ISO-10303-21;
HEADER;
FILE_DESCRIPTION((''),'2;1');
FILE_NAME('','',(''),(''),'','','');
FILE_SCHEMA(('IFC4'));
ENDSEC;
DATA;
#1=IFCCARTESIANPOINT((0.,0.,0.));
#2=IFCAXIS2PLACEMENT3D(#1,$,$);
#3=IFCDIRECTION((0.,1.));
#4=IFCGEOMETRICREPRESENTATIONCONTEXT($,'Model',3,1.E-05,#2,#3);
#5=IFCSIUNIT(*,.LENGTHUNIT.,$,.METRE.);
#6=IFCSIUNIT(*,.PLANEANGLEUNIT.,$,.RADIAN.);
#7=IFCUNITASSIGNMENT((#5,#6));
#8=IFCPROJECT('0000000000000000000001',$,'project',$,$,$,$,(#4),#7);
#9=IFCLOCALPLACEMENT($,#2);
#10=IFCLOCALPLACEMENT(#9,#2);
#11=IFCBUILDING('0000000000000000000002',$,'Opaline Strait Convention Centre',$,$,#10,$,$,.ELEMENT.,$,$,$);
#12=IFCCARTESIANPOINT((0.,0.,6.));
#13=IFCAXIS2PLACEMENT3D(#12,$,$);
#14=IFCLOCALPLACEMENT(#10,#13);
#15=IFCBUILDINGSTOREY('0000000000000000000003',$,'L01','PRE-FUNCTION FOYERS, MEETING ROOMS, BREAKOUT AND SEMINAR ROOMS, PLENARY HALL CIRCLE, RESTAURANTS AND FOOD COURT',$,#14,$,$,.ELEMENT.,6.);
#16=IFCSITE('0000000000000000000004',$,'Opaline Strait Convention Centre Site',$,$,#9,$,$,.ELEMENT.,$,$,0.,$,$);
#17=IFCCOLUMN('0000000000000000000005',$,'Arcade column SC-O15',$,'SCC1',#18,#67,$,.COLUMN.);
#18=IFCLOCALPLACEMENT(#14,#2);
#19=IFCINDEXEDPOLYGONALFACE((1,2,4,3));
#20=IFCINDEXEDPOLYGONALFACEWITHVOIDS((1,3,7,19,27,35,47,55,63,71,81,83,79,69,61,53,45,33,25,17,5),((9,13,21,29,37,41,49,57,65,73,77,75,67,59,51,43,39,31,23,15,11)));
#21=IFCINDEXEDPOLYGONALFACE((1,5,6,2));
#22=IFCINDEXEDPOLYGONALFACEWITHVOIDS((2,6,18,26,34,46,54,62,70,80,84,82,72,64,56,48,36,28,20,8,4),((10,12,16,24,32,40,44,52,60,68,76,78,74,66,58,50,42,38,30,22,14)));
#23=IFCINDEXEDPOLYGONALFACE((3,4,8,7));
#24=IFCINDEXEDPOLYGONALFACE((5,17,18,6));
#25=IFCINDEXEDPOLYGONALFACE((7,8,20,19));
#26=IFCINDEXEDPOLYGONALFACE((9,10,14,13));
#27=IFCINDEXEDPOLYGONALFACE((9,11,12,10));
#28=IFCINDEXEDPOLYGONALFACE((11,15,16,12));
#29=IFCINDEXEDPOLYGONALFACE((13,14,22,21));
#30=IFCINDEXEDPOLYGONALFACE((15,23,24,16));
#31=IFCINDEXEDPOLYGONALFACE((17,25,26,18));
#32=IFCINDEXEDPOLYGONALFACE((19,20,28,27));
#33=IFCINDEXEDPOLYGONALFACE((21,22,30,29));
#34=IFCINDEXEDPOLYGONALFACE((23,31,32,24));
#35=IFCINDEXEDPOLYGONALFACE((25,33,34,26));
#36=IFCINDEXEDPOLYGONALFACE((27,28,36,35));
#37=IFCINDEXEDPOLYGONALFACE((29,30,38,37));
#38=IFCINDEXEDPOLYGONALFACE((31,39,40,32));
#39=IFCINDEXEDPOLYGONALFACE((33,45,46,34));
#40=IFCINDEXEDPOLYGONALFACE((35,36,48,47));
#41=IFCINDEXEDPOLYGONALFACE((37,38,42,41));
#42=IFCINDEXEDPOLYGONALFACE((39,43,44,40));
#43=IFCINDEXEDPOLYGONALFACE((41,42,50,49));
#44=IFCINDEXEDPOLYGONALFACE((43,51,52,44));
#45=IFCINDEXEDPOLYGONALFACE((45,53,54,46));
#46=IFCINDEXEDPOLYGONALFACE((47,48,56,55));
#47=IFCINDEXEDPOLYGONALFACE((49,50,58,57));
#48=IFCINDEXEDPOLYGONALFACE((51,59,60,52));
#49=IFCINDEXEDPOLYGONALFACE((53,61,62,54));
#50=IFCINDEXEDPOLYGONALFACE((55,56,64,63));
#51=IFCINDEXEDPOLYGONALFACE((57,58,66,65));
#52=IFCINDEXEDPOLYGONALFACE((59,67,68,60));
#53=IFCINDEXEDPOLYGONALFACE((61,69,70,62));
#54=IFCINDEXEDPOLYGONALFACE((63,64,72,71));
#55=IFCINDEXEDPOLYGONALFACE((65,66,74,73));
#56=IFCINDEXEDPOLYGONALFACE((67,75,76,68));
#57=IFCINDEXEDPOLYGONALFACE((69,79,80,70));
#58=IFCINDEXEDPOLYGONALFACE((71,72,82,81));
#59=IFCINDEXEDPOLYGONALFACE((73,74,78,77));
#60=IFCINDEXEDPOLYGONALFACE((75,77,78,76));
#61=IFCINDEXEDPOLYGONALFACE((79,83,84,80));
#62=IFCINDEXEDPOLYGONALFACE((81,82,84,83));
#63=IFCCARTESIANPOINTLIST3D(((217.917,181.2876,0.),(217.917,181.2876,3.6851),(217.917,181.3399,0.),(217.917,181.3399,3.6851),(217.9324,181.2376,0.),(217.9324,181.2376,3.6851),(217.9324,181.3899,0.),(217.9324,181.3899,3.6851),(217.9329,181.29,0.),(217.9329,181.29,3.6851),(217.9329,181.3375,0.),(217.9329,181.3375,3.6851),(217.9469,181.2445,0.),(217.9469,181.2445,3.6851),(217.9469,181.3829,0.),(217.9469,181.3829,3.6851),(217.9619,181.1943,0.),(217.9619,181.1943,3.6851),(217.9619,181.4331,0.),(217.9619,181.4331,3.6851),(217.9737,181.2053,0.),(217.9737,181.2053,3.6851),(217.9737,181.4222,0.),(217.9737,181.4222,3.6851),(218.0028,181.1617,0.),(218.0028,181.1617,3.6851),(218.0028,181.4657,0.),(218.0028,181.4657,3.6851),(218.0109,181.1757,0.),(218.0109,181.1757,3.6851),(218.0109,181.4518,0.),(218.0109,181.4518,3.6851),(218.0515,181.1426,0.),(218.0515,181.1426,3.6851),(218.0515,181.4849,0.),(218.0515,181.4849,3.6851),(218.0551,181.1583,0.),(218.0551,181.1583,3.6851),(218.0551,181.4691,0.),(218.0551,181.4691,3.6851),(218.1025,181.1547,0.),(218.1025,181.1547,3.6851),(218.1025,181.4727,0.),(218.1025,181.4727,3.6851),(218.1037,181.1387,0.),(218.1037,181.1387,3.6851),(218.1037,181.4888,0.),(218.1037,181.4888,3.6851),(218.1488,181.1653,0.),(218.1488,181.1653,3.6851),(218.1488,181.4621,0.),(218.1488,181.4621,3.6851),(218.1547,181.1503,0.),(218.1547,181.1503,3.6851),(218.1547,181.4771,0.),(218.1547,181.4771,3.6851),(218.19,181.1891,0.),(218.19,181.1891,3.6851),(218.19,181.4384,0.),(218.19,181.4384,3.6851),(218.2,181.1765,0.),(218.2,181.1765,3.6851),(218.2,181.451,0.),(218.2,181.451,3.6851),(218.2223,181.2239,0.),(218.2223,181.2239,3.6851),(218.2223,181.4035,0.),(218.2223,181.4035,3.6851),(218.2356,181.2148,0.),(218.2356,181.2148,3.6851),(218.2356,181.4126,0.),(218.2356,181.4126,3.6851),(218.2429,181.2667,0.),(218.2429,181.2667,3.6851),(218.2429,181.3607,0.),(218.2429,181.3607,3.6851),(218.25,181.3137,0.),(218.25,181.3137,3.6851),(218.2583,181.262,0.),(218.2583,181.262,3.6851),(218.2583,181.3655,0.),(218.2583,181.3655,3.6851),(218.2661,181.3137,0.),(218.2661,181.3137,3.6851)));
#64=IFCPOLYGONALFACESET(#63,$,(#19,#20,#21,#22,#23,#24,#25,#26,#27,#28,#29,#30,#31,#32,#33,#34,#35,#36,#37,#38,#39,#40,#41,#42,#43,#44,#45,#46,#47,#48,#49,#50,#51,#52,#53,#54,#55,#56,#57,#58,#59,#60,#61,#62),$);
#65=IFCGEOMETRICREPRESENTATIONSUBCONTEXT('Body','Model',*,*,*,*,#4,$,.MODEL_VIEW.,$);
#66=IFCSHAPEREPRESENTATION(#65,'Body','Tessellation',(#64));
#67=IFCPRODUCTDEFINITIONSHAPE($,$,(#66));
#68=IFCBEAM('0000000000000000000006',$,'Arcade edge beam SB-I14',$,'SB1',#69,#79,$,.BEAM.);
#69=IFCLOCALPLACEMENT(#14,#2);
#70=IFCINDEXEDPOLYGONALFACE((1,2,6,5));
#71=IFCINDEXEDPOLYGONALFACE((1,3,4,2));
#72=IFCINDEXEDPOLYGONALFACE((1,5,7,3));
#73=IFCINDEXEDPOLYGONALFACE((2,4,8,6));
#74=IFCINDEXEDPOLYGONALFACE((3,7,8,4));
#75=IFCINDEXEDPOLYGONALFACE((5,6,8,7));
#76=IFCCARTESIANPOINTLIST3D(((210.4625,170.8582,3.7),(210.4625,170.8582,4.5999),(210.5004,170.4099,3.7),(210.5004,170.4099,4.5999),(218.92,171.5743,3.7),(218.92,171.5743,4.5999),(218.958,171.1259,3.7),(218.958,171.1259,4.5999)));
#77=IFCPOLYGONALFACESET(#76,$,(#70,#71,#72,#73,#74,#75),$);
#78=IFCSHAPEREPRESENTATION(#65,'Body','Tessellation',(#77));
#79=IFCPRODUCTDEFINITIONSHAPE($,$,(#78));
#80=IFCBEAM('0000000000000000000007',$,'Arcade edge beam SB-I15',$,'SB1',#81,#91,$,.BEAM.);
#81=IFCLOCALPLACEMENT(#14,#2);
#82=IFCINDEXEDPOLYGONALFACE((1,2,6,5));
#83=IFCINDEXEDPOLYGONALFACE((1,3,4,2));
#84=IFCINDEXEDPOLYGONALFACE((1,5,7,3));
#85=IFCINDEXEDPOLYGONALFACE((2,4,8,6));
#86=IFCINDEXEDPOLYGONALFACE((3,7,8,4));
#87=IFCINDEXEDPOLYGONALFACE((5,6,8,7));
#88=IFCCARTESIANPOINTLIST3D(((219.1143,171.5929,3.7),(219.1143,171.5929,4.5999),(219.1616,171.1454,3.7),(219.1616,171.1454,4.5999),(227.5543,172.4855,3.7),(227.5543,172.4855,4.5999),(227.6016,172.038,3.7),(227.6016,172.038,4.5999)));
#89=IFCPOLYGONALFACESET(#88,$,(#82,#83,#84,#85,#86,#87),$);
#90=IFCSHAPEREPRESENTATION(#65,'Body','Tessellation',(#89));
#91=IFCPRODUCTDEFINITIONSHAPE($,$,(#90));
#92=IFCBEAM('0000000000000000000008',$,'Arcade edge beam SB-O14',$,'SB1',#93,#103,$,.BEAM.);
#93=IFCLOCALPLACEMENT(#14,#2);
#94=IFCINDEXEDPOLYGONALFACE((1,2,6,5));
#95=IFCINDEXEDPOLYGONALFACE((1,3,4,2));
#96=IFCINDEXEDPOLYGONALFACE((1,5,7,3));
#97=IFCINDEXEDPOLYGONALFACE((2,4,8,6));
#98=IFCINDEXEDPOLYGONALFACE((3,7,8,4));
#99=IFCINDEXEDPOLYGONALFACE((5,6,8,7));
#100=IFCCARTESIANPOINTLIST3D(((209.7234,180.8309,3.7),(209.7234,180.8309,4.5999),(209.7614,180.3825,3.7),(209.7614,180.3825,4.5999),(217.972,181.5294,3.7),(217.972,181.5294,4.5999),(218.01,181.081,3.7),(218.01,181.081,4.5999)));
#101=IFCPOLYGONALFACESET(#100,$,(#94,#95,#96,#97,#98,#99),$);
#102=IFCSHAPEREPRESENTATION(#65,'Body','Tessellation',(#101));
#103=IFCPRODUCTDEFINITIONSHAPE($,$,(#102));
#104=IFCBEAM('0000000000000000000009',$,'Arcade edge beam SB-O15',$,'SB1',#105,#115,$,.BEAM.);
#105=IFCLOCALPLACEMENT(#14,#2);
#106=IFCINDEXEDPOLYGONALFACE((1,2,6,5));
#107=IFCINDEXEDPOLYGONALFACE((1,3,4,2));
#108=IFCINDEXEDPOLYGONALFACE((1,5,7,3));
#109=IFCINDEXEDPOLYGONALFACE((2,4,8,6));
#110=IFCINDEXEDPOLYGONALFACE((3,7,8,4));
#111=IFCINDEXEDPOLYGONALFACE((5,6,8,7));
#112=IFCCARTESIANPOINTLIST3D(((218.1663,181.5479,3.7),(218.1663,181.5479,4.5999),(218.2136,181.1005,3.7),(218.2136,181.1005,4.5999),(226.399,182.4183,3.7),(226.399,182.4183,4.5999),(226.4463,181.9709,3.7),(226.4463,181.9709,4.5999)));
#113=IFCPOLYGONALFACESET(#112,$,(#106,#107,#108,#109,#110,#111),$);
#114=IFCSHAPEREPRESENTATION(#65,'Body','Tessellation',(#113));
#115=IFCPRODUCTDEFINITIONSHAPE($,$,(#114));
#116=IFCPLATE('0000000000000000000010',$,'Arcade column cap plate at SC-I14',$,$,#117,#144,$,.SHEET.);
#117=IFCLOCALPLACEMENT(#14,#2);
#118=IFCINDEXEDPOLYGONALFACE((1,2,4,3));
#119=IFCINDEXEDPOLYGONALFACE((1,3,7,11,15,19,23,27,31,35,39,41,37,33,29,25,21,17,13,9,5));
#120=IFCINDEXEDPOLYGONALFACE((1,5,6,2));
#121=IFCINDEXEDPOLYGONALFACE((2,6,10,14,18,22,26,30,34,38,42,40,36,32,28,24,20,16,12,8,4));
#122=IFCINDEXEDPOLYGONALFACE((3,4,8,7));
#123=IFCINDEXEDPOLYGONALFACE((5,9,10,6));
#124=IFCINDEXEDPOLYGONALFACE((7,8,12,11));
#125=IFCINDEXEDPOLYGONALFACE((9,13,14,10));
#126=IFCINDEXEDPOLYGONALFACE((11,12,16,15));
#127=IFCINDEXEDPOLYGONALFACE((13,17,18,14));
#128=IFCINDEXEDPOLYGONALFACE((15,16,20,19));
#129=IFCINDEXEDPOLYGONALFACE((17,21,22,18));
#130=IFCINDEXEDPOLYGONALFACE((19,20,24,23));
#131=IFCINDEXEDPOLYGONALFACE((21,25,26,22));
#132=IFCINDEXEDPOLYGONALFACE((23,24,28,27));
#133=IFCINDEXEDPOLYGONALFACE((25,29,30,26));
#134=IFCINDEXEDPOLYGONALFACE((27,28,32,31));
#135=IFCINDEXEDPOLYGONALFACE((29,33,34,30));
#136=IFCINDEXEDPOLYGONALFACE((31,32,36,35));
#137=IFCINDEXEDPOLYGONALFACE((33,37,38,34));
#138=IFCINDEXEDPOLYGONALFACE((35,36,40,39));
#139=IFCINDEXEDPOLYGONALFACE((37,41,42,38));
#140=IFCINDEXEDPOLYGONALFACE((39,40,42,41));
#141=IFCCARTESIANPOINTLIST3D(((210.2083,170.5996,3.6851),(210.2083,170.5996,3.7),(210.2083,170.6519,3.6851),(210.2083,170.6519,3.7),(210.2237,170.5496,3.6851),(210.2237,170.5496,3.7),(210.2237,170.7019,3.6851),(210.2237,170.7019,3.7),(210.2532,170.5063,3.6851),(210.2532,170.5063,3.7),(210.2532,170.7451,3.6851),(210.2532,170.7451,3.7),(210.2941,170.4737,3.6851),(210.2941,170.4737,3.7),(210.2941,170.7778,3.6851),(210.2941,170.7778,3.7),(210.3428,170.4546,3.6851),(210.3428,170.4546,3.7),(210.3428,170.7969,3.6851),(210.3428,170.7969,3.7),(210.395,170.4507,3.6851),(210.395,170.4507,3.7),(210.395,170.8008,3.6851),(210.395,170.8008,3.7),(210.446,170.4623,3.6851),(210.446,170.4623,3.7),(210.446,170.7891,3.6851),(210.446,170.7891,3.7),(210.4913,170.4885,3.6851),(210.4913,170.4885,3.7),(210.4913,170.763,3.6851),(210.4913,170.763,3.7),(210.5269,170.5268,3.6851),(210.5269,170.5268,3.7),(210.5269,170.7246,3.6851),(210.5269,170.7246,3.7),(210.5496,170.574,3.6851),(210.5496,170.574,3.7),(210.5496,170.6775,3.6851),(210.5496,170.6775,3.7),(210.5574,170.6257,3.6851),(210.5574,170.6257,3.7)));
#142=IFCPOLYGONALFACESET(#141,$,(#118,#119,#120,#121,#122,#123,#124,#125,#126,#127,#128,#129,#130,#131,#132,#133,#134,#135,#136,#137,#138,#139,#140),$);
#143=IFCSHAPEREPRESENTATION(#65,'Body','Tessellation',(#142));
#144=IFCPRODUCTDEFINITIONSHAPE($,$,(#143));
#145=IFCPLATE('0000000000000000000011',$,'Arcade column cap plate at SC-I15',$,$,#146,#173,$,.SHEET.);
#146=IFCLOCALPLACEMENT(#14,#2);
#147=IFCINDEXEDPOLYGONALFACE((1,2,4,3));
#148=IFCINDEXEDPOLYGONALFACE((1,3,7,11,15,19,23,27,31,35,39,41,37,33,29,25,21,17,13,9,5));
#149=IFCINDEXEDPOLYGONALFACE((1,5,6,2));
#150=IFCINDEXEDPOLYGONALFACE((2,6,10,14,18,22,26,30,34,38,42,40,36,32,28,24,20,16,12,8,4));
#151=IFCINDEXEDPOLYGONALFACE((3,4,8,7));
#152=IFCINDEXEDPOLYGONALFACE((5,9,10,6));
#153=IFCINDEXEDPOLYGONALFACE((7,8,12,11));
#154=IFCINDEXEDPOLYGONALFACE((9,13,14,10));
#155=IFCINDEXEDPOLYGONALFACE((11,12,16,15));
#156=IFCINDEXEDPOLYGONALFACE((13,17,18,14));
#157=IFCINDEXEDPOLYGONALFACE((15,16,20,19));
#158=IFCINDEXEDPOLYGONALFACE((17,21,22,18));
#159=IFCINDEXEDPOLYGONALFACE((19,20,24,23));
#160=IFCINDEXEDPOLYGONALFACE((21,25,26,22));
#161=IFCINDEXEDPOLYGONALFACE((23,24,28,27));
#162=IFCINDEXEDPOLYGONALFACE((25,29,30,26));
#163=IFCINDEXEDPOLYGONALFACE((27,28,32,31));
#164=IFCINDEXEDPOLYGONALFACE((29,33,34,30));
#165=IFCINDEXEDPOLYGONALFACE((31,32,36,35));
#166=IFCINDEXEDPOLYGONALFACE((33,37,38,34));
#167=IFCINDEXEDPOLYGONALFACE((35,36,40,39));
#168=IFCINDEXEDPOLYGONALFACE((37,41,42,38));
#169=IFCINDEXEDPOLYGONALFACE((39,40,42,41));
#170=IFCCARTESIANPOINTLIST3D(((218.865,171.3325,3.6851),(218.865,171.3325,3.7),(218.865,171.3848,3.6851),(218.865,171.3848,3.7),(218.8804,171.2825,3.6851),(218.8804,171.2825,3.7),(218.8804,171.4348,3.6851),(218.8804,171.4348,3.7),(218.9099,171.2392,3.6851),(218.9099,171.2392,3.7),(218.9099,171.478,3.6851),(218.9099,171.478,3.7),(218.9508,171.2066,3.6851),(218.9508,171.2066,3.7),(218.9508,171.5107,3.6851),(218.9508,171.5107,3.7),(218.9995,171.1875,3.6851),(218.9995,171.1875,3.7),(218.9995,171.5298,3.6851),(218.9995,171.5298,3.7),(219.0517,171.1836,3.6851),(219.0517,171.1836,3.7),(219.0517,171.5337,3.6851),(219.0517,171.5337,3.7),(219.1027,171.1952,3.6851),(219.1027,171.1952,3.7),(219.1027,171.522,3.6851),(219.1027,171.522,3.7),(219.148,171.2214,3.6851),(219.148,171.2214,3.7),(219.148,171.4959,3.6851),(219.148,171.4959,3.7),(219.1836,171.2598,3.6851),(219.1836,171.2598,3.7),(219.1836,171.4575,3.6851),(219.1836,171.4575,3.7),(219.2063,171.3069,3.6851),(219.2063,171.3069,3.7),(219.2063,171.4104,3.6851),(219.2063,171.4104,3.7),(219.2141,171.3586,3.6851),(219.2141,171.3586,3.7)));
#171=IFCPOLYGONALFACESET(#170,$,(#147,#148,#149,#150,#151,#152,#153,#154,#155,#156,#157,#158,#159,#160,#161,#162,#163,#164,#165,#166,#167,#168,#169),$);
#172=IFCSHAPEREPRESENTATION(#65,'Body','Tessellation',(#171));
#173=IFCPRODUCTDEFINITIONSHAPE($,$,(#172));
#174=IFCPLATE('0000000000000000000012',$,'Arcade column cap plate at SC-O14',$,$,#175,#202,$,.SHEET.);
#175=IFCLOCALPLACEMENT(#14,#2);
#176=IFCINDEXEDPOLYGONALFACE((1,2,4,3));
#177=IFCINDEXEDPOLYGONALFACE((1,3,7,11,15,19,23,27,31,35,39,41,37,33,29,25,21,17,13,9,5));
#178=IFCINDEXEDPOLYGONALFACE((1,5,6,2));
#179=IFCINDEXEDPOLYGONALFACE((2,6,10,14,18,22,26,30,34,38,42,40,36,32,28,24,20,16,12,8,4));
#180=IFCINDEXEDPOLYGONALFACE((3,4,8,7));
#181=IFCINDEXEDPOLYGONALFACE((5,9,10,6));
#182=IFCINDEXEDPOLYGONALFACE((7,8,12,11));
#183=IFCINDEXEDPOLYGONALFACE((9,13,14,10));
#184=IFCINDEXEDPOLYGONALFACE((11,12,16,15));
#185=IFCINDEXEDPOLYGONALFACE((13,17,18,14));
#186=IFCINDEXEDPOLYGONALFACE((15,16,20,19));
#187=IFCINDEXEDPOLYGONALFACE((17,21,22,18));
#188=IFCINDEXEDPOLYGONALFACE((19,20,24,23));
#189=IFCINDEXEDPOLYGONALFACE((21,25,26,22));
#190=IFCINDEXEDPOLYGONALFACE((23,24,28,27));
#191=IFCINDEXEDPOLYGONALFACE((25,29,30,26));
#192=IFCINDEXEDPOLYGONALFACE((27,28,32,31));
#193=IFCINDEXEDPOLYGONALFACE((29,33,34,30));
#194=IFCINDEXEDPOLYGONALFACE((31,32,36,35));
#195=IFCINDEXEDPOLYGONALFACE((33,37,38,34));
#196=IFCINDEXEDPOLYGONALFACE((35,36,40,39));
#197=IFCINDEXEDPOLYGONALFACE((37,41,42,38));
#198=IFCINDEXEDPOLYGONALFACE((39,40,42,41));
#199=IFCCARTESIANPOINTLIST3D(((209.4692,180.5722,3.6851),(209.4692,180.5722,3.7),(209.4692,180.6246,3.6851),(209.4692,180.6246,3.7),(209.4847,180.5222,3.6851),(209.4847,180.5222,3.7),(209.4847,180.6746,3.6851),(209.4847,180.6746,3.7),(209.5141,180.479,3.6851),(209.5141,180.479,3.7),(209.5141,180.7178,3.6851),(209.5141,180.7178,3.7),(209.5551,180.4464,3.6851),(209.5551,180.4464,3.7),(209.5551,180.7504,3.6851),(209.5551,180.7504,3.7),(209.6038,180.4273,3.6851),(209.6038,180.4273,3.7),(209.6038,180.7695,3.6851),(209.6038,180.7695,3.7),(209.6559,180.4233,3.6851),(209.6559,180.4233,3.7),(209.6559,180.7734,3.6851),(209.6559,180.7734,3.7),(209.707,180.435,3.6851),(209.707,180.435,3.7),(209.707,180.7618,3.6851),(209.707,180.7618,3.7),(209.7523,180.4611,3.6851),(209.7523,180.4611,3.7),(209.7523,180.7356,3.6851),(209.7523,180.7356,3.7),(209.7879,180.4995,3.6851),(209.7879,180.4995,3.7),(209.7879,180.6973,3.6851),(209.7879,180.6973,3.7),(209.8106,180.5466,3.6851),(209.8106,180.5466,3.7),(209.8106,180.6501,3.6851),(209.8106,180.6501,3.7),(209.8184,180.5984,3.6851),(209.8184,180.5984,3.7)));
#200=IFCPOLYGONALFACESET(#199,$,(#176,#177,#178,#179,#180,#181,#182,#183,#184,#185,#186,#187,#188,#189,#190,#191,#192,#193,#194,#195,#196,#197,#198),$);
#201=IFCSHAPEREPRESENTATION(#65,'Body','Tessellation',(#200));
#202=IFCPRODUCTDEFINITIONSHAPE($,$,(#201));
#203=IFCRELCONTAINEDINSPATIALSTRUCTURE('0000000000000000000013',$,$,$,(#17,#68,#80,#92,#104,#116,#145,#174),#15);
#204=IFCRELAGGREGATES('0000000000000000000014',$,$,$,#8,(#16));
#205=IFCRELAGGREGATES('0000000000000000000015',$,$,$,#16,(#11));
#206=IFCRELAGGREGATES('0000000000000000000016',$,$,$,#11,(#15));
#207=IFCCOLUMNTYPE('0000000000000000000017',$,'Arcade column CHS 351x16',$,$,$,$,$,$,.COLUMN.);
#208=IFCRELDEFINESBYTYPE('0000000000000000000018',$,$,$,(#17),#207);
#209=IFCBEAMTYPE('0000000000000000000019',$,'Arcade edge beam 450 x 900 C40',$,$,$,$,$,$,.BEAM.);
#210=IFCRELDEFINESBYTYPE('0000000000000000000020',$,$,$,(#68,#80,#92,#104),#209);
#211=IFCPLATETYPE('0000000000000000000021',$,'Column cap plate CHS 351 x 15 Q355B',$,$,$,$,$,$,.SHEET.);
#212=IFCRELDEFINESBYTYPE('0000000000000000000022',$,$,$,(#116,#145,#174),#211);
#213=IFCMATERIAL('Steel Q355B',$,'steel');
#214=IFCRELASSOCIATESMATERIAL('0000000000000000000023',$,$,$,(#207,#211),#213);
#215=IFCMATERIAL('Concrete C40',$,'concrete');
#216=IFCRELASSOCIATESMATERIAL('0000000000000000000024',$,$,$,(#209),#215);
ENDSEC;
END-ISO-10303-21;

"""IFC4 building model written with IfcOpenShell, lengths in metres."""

from ifc_helpers import new_model, si_unit, direction, frame, origin, origin_2d, place, context, subcontext, project, spatial, rectangle, circle, hollow_circle, extrude, material, material_profile, profile_set, type_object, element, save


model = new_model("IFC4")

# Units and contexts
model_context = context("Model", 3, precision=1e-05, world=origin(), true_north=direction((0.0, 1.0)))
body_context = subcontext(model_context, "Body", "Model", "MODEL_VIEW")
ifc_project = project(units=[si_unit("LENGTHUNIT", "METRE"), si_unit("PLANEANGLEUNIT", "RADIAN")], contexts=[model_context])

# Site, building, storey
site_placement = place(None, origin())
site = spatial("IfcSite", under=ifc_project, at=site_placement, Name="Opaline Strait Convention Centre Site", CompositionType="ELEMENT", RefElevation=0.0)
building_placement = place(site_placement, origin())
building = spatial("IfcBuilding", under=site, at=building_placement, Name="Opaline Strait Convention Centre", CompositionType="ELEMENT")
storey_placement = place(building_placement, frame((0.0, 0.0, 6.0)))
storey = spatial("IfcBuildingStorey", under=building, at=storey_placement, Name="L01", Description="PRE-FUNCTION FOYERS, MEETING ROOMS, BREAKOUT AND SEMINAR ROOMS, PLENARY HALL CIRCLE, RESTAURANTS AND FOOD COURT", CompositionType="ELEMENT", Elevation=6.0)

# Column
ifc_material_1 = material(Name="Steel Q355B", Category="steel")
ifc_material_profile_1 = material_profile(ifc_material_1, hollow_circle(Radius=0.1755, WallThickness=0.0161, at=origin_2d()), Name="CHS 351x16")
ifc_profile_set_1 = profile_set([ifc_material_profile_1], Name="Steel Q355B")
column_type = type_object("IfcColumnType", Name="Arcade column CHS 351x16", PredefinedType="COLUMN", material=ifc_profile_set_1)
for number, where, z_axis, x_axis, name in (
    (1, (218.0906, 181.3137, 0.0), (0.0, 0.0, 1.0), (1.0, 0.0, 0.0), "Arcade column SC-O15"),
):
    element("IfcColumn", number, at=place(storey_placement, frame(where, z_axis=z_axis, x_axis=x_axis)), inside=storey, type_object=column_type, Name=name, ObjectType="SCC1", PredefinedType="COLUMN", context=body_context, shape_type="SweptSolid", body=[
        extrude(hollow_circle(Radius=0.1755, WallThickness=0.0161, at=origin_2d()), origin(), (0.0, 0.0, 1.0), 3.6851),
    ])

# Beams
ifc_material_2 = material(Name="Concrete C40", Category="concrete")
ifc_material_profile_2 = material_profile(ifc_material_2, rectangle(XDim=0.45, YDim=0.8999, at=origin_2d()), Name="RC 450x900")
ifc_profile_set_2 = profile_set([ifc_material_profile_2], Name="Concrete C40")
beam_type = type_object("IfcBeamType", Name="Arcade edge beam 450 x 900 C40", PredefinedType="BEAM", material=ifc_profile_set_2)
beam_1_placement = place(storey_placement, frame((210.4814, 170.634, 4.1499), z_axis=(0.996435, 0.084364, 0.0), x_axis=(-0.084364, 0.996435, 0.0)))
element("IfcBeam", 2, at=beam_1_placement, inside=storey, type_object=beam_type, Name="Arcade edge beam SB-I14", ObjectType="SB1", PredefinedType="BEAM", context=body_context, shape_type="SweptSolid", body=[
    extrude(rectangle(XDim=0.45, YDim=0.8999, at=origin_2d()), origin(), (0.0, 0.0, 1.0), 8.4878),
])
beam_2_placement = place(storey_placement, frame((219.1379, 171.3691, 4.1499), z_axis=(0.994454, 0.10517, 0.0), x_axis=(-0.10517, 0.994454, 0.0)))
element("IfcBeam", 3, at=beam_2_placement, inside=storey, type_object=beam_type, Name="Arcade edge beam SB-I15", ObjectType="SB1", PredefinedType="BEAM", context=body_context, shape_type="SweptSolid", body=[
    extrude(rectangle(XDim=0.45, YDim=0.8999, at=origin_2d()), origin(), (0.0, 0.0, 1.0), 8.4871),
])
beam_3_placement = place(storey_placement, frame((209.7424, 180.6067, 4.1499), z_axis=(0.996434, 0.084378, 0.0), x_axis=(-0.084378, 0.996434, 0.0)))
element("IfcBeam", 4, at=beam_3_placement, inside=storey, type_object=beam_type, Name="Arcade edge beam SB-O14", ObjectType="SB1", PredefinedType="BEAM", context=body_context, shape_type="SweptSolid", body=[
    extrude(rectangle(XDim=0.45, YDim=0.8999, at=origin_2d()), origin(), (0.0, 0.0, 1.0), 8.2781),
])
beam_4_placement = place(storey_placement, frame((218.1899, 181.3242, 4.1499), z_axis=(0.994458, 0.105135, 0.0), x_axis=(-0.105135, 0.994458, 0.0)))
element("IfcBeam", 5, at=beam_4_placement, inside=storey, type_object=beam_type, Name="Arcade edge beam SB-O15", ObjectType="SB1", PredefinedType="BEAM", context=body_context, shape_type="SweptSolid", body=[
    extrude(rectangle(XDim=0.45, YDim=0.8999, at=origin_2d()), origin(), (0.0, 0.0, 1.0), 8.2786),
])

# Plates
ifc_material_profile_3 = material_profile(ifc_material_1, circle(Radius=0.1755, at=origin_2d()), Name="D351")
ifc_profile_set_3 = profile_set([ifc_material_profile_3], Name="Steel Q355B")
plate_type = type_object("IfcPlateType", Name="Column cap plate CHS 351 x 15 Q355B", PredefinedType="SHEET", material=ifc_profile_set_3)
for number, where, z_axis, x_axis, name in (
    (6, (210.3818, 170.6257, 3.6851), (0.0, 0.0, 1.0), (1.0, 0.0, 0.0), "Arcade column cap plate at SC-I14"),
    (7, (219.0386, 171.3586, 3.6851), (0.0, 0.0, 1.0), (1.0, 0.0, 0.0), "Arcade column cap plate at SC-I15"),
    (8, (209.6428, 180.5984, 3.6851), (0.0, 0.0, 1.0), (1.0, 0.0, 0.0), "Arcade column cap plate at SC-O14"),
):
    element("IfcPlate", number, at=place(storey_placement, frame(where, z_axis=z_axis, x_axis=x_axis)), inside=storey, type_object=plate_type, Name=name, PredefinedType="SHEET", context=body_context, shape_type="SweptSolid", body=[
        extrude(circle(Radius=0.1755, at=origin_2d()), origin(), (0.0, 0.0, 1.0), 0.0149),
    ])

save(model, "model.ifc")
